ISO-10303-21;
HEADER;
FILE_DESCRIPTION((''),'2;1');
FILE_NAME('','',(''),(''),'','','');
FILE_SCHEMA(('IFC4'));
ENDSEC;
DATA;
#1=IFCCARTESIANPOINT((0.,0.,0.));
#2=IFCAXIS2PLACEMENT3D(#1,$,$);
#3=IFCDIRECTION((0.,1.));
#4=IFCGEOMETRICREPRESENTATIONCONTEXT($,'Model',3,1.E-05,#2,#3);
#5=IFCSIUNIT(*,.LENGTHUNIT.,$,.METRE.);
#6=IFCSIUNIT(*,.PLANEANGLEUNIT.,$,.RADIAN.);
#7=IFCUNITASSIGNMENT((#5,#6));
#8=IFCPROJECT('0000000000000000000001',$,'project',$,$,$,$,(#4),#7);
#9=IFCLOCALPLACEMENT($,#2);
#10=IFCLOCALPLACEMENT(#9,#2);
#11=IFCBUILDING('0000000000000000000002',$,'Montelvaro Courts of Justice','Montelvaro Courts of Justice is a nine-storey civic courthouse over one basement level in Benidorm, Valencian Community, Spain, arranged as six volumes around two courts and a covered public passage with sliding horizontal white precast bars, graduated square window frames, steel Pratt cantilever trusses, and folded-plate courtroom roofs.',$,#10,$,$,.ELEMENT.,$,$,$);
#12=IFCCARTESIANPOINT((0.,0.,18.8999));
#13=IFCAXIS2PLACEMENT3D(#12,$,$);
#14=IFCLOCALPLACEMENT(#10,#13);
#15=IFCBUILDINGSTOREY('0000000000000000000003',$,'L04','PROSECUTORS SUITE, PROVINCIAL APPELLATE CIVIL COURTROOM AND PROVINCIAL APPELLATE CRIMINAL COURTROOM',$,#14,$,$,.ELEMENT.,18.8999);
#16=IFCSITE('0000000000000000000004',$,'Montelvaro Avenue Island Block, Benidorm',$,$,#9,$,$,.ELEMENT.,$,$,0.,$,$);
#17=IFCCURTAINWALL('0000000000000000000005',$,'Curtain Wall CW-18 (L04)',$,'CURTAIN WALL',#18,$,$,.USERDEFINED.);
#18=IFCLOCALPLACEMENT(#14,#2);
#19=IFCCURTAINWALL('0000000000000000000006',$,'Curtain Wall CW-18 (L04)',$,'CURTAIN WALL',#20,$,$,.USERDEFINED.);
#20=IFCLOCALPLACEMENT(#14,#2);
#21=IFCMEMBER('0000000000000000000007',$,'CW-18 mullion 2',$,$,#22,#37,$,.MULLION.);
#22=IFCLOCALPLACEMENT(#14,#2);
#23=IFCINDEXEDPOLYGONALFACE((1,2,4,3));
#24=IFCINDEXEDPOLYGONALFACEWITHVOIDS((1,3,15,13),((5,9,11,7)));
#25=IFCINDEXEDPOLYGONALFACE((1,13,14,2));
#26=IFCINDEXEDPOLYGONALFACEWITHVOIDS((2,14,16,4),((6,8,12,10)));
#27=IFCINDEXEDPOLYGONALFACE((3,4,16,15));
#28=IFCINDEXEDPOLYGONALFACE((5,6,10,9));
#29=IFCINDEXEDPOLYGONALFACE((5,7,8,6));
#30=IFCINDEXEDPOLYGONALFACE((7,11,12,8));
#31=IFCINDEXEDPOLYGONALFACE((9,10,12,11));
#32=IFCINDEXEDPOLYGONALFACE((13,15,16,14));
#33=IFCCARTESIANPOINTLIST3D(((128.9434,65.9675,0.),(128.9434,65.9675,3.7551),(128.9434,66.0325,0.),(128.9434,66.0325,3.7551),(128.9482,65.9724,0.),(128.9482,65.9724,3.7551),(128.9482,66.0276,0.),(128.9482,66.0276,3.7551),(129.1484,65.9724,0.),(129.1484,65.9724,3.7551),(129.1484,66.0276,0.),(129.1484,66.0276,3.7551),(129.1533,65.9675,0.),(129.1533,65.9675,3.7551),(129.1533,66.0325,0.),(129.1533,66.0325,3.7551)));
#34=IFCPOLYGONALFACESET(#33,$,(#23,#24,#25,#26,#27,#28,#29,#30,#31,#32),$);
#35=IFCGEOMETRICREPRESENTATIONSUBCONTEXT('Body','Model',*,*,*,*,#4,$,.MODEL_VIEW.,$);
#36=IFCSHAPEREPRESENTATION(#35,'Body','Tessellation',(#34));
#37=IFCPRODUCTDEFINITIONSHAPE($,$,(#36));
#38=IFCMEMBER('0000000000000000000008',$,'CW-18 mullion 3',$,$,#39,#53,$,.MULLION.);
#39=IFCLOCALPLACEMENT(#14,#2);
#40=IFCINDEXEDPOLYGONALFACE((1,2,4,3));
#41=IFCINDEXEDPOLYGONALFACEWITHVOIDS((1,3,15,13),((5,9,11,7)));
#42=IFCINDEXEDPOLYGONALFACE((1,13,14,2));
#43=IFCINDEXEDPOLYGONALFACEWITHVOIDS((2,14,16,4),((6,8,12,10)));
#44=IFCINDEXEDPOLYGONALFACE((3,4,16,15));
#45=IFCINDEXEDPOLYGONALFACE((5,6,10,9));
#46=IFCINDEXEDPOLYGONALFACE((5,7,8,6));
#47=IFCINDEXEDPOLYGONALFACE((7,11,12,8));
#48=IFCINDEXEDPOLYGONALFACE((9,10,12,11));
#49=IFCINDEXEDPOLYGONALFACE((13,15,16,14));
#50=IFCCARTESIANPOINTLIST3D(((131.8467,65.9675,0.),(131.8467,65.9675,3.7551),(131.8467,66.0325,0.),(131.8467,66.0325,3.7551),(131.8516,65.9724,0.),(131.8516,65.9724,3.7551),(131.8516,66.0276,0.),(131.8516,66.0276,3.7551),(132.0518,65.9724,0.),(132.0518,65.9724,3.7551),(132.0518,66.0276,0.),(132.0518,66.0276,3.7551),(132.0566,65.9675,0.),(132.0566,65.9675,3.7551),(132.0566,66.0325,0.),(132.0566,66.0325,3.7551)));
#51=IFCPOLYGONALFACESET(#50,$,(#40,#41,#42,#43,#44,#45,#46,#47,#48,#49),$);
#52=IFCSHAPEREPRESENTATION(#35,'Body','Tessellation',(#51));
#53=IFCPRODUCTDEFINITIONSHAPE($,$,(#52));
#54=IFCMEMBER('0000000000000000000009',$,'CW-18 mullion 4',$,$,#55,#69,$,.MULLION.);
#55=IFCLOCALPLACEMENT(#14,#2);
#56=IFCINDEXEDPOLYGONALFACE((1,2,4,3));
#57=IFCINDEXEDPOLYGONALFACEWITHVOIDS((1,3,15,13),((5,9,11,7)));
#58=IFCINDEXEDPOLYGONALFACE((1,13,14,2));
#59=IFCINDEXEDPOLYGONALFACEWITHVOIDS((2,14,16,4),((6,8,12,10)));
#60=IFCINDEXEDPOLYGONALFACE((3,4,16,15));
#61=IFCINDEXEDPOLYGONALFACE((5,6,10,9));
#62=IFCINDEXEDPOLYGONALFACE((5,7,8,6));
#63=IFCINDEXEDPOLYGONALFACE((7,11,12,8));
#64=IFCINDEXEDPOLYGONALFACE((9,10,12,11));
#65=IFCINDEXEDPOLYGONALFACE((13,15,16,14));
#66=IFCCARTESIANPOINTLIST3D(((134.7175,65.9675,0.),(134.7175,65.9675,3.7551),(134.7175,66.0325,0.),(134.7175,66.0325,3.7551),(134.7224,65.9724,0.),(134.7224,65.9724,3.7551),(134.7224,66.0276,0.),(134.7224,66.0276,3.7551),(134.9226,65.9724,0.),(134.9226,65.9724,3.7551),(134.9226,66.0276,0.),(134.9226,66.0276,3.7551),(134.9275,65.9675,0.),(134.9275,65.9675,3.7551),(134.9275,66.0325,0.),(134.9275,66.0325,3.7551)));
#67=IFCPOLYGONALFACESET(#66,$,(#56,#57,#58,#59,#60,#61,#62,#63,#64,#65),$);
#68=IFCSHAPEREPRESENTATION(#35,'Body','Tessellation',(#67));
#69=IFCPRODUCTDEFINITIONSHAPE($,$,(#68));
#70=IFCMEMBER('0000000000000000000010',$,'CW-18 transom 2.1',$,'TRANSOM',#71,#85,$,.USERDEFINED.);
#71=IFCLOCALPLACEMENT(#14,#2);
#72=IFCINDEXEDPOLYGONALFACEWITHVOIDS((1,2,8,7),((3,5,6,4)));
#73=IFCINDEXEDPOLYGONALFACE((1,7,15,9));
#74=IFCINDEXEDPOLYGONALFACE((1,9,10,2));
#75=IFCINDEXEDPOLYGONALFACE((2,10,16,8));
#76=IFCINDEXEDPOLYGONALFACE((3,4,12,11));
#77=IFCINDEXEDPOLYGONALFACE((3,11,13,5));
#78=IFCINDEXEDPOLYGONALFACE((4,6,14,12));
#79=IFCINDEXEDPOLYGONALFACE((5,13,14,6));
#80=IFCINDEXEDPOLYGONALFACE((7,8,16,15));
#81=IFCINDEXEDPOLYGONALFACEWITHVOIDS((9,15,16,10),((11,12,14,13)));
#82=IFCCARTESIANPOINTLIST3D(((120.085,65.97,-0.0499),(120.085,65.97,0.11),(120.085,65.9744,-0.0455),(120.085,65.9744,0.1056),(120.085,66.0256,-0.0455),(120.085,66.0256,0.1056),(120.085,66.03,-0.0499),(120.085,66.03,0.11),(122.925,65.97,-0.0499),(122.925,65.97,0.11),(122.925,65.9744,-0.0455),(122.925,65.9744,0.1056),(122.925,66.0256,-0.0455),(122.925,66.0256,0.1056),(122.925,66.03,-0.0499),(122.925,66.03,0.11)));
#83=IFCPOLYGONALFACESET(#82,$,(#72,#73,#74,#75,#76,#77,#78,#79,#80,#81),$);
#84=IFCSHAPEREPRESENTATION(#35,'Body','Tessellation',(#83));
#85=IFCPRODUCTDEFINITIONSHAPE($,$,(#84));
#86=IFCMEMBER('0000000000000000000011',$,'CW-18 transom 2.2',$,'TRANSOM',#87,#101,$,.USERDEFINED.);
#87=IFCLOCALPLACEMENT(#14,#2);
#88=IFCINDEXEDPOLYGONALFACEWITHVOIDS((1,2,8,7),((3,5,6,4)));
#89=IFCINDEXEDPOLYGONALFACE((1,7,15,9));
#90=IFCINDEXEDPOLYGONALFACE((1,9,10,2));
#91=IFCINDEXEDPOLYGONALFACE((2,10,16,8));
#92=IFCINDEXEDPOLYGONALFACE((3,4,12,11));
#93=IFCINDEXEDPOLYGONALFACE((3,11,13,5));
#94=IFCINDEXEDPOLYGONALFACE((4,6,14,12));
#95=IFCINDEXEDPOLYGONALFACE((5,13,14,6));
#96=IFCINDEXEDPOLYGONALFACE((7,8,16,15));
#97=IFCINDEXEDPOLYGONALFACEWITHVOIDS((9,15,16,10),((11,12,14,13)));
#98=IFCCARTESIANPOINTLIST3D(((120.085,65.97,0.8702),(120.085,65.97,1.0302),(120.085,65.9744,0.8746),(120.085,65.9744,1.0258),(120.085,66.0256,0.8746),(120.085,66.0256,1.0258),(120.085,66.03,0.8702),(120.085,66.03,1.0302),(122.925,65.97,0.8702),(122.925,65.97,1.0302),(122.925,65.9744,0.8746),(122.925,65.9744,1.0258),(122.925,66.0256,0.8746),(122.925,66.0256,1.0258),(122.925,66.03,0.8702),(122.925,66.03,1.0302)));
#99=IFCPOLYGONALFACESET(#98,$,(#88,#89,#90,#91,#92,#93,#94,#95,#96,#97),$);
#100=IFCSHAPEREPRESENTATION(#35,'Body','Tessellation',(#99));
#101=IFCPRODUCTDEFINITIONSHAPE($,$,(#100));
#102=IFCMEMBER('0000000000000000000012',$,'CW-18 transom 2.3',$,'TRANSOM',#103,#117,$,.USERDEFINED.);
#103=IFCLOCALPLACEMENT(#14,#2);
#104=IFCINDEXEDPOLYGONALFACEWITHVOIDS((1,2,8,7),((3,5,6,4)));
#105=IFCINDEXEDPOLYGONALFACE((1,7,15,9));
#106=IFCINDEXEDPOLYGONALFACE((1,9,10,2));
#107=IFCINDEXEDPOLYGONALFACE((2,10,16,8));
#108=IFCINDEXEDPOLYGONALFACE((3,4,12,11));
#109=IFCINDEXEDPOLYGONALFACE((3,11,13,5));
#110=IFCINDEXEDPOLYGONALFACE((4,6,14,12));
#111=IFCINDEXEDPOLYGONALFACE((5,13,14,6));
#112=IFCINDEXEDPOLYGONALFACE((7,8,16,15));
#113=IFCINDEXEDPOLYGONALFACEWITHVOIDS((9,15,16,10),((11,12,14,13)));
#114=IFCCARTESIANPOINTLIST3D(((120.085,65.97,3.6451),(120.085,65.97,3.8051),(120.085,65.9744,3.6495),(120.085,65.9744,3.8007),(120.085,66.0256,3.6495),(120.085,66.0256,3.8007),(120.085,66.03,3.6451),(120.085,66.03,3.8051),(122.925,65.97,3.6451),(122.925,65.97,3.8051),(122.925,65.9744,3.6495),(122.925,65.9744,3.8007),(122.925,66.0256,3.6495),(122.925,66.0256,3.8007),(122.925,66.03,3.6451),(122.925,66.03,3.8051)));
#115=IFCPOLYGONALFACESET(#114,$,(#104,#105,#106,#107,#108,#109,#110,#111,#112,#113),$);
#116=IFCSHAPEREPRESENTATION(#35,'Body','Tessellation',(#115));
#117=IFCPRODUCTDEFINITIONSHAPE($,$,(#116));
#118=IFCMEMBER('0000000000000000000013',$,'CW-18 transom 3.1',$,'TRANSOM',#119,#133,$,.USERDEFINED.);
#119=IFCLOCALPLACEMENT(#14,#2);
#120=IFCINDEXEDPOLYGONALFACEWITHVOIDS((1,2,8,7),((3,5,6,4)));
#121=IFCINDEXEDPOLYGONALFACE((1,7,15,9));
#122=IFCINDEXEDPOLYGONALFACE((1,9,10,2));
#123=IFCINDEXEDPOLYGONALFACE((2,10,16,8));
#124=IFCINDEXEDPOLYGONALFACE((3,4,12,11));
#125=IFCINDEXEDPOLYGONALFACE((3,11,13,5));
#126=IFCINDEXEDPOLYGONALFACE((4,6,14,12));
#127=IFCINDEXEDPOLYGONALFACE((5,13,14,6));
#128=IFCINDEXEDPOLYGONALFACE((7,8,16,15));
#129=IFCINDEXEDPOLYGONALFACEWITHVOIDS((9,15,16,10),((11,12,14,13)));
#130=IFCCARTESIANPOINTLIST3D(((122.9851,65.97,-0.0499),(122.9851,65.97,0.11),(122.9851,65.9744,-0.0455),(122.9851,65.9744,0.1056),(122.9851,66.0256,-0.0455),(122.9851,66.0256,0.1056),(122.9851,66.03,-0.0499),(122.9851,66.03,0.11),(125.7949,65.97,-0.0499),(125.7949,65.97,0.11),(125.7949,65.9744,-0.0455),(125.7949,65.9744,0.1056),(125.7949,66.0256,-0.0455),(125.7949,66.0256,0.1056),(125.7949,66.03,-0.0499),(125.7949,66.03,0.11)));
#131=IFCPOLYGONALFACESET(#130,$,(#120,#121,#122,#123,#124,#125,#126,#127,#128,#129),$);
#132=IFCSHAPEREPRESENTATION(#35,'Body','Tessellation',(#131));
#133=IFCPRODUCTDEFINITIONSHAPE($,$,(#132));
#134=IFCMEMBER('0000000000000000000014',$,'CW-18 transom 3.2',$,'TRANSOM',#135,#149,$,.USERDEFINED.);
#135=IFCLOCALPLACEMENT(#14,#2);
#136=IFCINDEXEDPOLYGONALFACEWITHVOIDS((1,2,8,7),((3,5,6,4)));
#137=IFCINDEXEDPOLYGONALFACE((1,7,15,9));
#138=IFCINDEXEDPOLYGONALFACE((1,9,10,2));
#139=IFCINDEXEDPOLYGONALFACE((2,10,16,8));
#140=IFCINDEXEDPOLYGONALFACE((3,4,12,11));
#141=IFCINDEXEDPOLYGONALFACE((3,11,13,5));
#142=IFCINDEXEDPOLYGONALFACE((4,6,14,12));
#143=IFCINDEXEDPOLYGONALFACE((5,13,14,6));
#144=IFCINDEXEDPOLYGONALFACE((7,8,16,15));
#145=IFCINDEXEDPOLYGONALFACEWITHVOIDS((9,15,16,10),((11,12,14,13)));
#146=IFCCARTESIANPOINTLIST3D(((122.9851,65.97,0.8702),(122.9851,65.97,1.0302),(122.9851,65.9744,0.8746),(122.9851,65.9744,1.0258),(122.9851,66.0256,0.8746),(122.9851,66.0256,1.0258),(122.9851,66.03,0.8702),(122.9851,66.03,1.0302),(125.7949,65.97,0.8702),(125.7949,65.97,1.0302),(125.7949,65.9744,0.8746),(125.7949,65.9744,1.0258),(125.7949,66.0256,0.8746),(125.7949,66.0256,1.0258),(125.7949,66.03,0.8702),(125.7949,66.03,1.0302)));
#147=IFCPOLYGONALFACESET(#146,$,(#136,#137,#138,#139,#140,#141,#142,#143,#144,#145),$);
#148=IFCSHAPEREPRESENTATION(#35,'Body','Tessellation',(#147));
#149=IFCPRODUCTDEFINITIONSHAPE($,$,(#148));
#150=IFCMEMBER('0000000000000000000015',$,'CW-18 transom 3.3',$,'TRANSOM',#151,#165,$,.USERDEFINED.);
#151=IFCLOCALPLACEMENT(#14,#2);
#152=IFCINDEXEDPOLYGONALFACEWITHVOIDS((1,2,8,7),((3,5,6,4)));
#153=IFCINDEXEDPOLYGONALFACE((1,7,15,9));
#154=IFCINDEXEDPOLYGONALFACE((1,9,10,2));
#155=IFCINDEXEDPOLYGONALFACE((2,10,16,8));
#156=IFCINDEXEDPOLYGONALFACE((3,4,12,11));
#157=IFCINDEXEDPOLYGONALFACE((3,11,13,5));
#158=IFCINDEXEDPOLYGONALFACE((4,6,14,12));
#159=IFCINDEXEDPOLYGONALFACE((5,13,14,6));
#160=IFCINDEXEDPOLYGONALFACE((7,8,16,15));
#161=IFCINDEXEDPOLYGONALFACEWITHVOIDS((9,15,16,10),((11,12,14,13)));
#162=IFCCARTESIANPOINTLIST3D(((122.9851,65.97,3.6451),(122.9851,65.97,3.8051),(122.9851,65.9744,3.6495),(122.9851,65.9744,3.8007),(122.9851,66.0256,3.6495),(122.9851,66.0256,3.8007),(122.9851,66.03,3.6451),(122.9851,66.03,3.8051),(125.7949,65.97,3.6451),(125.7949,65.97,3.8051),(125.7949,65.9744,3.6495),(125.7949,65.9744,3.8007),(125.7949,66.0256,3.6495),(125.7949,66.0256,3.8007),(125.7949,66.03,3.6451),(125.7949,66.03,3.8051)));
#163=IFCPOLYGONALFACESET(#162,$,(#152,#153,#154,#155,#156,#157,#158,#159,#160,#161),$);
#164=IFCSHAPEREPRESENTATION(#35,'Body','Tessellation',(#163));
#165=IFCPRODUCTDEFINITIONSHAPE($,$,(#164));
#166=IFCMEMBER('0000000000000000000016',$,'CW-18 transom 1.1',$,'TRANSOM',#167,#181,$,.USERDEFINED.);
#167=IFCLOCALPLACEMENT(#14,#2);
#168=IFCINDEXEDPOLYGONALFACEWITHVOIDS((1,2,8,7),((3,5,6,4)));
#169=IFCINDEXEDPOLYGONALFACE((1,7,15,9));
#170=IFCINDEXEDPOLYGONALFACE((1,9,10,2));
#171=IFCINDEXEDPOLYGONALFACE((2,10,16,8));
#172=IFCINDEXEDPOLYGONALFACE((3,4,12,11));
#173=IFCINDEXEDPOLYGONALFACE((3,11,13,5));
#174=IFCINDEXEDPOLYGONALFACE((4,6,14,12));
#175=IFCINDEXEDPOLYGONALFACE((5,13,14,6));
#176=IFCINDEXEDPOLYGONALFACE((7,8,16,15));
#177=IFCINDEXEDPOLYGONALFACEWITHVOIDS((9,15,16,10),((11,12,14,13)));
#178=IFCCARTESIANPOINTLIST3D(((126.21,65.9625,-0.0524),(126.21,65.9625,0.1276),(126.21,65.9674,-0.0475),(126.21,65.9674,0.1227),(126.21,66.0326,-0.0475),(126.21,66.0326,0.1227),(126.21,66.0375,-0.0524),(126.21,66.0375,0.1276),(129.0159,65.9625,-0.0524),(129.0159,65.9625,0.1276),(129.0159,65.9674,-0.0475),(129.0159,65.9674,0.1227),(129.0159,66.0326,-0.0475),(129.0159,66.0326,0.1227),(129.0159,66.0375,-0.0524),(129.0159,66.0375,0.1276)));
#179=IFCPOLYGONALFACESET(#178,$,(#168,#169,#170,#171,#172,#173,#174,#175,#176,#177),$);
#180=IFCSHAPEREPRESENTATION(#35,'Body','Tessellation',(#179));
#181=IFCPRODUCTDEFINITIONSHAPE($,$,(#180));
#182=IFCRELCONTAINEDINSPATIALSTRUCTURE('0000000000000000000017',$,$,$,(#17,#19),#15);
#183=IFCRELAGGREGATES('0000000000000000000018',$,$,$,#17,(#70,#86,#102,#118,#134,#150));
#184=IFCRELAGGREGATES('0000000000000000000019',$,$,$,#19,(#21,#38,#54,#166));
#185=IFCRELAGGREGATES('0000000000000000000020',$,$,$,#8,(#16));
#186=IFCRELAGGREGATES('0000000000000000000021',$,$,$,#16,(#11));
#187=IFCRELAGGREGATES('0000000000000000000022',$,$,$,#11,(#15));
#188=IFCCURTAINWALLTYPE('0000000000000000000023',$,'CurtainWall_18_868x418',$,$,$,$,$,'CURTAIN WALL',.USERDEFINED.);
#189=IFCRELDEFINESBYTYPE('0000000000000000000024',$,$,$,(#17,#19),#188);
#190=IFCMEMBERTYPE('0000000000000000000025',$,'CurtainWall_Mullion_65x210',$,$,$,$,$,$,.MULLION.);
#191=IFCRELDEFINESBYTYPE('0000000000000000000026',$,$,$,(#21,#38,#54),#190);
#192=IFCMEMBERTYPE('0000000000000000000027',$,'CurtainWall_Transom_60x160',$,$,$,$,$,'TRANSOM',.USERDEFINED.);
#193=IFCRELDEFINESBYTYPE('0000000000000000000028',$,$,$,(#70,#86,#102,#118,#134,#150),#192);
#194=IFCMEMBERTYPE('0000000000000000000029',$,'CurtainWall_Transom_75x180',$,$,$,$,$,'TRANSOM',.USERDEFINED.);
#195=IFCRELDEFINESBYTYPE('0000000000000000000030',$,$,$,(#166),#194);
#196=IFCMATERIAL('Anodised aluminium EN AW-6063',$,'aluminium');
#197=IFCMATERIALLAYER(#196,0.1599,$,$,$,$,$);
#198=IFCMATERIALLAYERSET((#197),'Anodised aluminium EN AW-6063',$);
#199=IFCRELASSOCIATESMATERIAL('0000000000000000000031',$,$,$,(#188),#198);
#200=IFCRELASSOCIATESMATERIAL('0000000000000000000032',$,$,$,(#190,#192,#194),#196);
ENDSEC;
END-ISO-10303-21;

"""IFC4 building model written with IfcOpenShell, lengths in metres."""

from ifc_helpers import new_model, si_unit, direction, frame, origin, origin_2d, place, context, subcontext, project, spatial, hollow_rectangle, extrude, material, layer, layer_set, material_profile, profile_set, type_object, element, aggregate, save


model = new_model("IFC4")

# Units and contexts
model_context = context("Model", 3, precision=1e-05, world=origin(), true_north=direction((0.0, 1.0)))
body_context = subcontext(model_context, "Body", "Model", "MODEL_VIEW")
ifc_project = project(units=[si_unit("LENGTHUNIT", "METRE"), si_unit("PLANEANGLEUNIT", "RADIAN")], contexts=[model_context])

# Site, building, storey
site_placement = place(None, origin())
site = spatial("IfcSite", under=ifc_project, at=site_placement, Name="Montelvaro Avenue Island Block, Benidorm", CompositionType="ELEMENT", RefElevation=0.0)
building_placement = place(site_placement, origin())
building = spatial("IfcBuilding", under=site, at=building_placement, Name="Montelvaro Courts of Justice", Description="Montelvaro Courts of Justice is a nine-storey civic courthouse over one basement level in Benidorm, Valencian Community, Spain, arranged as six volumes around two courts and a covered public passage with sliding horizontal white precast bars, graduated square window frames, steel Pratt cantilever trusses, and folded-plate courtroom roofs.", CompositionType="ELEMENT")
storey_placement = place(building_placement, frame((0.0, 0.0, 18.8999)))
storey = spatial("IfcBuildingStorey", under=building, at=storey_placement, Name="L04", Description="PROSECUTORS SUITE, PROVINCIAL APPELLATE CIVIL COURTROOM AND PROVINCIAL APPELLATE CRIMINAL COURTROOM", CompositionType="ELEMENT", Elevation=18.8999)

# Curtain walls, members
ifc_material_1 = material(Name="Anodised aluminium EN AW-6063", Category="aluminium")
ifc_layer_1 = layer(ifc_material_1, 0.1599)
ifc_layer_set_1 = layer_set([ifc_layer_1], Name="Anodised aluminium EN AW-6063")
curtain_wall_type = type_object("IfcCurtainWallType", Name="CurtainWall_18_868x418", ElementType="CURTAIN WALL", PredefinedType="USERDEFINED", material=ifc_layer_set_1)
curtain_wall_1_placement = place(storey_placement, origin())
curtain_wall_1 = element("IfcCurtainWall", 1, at=curtain_wall_1_placement, inside=storey, type_object=curtain_wall_type, Name="Curtain Wall CW-18 (L04)", ObjectType="CURTAIN WALL", PredefinedType="USERDEFINED")
curtain_wall_2_placement = place(storey_placement, origin())
curtain_wall_2 = element("IfcCurtainWall", 2, at=curtain_wall_2_placement, inside=storey, type_object=curtain_wall_type, Name="Curtain Wall CW-18 (L04)", ObjectType="CURTAIN WALL", PredefinedType="USERDEFINED")
ifc_material_profile_1 = material_profile(ifc_material_1, hollow_rectangle(XDim=0.0649, YDim=0.21, WallThickness=0.0049, at=origin_2d()), Name="ALU-M 65x210")
ifc_profile_set_1 = profile_set([ifc_material_profile_1], Name="Anodised aluminium EN AW-6063")
member_type_1 = type_object("IfcMemberType", Name="CurtainWall_Mullion_65x210", PredefinedType="MULLION", material=ifc_profile_set_1)
member_1_placement = place(storey_placement, frame((129.0483, 66.0, 0.0), z_axis=(0.0, 0.0, 1.0), x_axis=(0.0, 1.0, 0.0)))
member_1 = element("IfcMember", 3, at=member_1_placement, type_object=member_type_1, Name="CW-18 mullion 2", PredefinedType="MULLION", context=body_context, shape_type="SweptSolid", body=[
    extrude(hollow_rectangle(XDim=0.0649, YDim=0.21, WallThickness=0.0049, at=origin_2d()), origin(), (0.0, 0.0, 1.0), 3.7551),
])
member_2_placement = place(storey_placement, frame((131.9517, 66.0, 0.0), z_axis=(0.0, 0.0, 1.0), x_axis=(0.0, 1.0, 0.0)))
member_2 = element("IfcMember", 4, at=member_2_placement, type_object=member_type_1, Name="CW-18 mullion 3", PredefinedType="MULLION", context=body_context, shape_type="SweptSolid", body=[
    extrude(hollow_rectangle(XDim=0.0649, YDim=0.21, WallThickness=0.0049, at=origin_2d()), origin(), (0.0, 0.0, 1.0), 3.7551),
])
member_3_placement = place(storey_placement, frame((134.8225, 66.0, 0.0), z_axis=(0.0, 0.0, 1.0), x_axis=(0.0, 1.0, 0.0)))
member_3 = element("IfcMember", 5, at=member_3_placement, type_object=member_type_1, Name="CW-18 mullion 4", PredefinedType="MULLION", context=body_context, shape_type="SweptSolid", body=[
    extrude(hollow_rectangle(XDim=0.0649, YDim=0.21, WallThickness=0.0049, at=origin_2d()), origin(), (0.0, 0.0, 1.0), 3.7551),
])

# Members
ifc_material_profile_2 = material_profile(ifc_material_1, hollow_rectangle(XDim=0.0601, YDim=0.1599, WallThickness=0.0044, at=origin_2d()), Name="ALU-T 60x160")
ifc_profile_set_2 = profile_set([ifc_material_profile_2], Name="Anodised aluminium EN AW-6063")
member_type_2 = type_object("IfcMemberType", Name="CurtainWall_Transom_60x160", ElementType="TRANSOM", PredefinedType="USERDEFINED", material=ifc_profile_set_2)
member_4_placement = place(storey_placement, frame((120.085, 66.0, 0.03), z_axis=(1.0, 0.0, 0.0), x_axis=(0.0, 1.0, 0.0)))
member_4 = element("IfcMember", 6, at=member_4_placement, type_object=member_type_2, Name="CW-18 transom 2.1", ObjectType="TRANSOM", PredefinedType="USERDEFINED", context=body_context, shape_type="SweptSolid", body=[
    extrude(hollow_rectangle(XDim=0.0601, YDim=0.1599, WallThickness=0.0044, at=origin_2d()), origin(), (0.0, 0.0, 1.0), 2.8401),
])
member_5_placement = place(storey_placement, frame((120.085, 66.0, 0.9502), z_axis=(1.0, 0.0, 0.0), x_axis=(0.0, 1.0, 0.0)))
member_5 = element("IfcMember", 7, at=member_5_placement, type_object=member_type_2, Name="CW-18 transom 2.2", ObjectType="TRANSOM", PredefinedType="USERDEFINED", context=body_context, shape_type="SweptSolid", body=[
    extrude(hollow_rectangle(XDim=0.0601, YDim=0.1599, WallThickness=0.0044, at=origin_2d()), origin(), (0.0, 0.0, 1.0), 2.8401),
])
member_6_placement = place(storey_placement, frame((120.085, 66.0, 3.7251), z_axis=(1.0, 0.0, 0.0), x_axis=(0.0, 1.0, 0.0)))
member_6 = element("IfcMember", 8, at=member_6_placement, type_object=member_type_2, Name="CW-18 transom 2.3", ObjectType="TRANSOM", PredefinedType="USERDEFINED", context=body_context, shape_type="SweptSolid", body=[
    extrude(hollow_rectangle(XDim=0.0601, YDim=0.1599, WallThickness=0.0044, at=origin_2d()), origin(), (0.0, 0.0, 1.0), 2.8401),
])
member_7_placement = place(storey_placement, frame((122.9851, 66.0, 0.03), z_axis=(1.0, 0.0, 0.0), x_axis=(0.0, 1.0, 0.0)))
member_7 = element("IfcMember", 9, at=member_7_placement, type_object=member_type_2, Name="CW-18 transom 3.1", ObjectType="TRANSOM", PredefinedType="USERDEFINED", context=body_context, shape_type="SweptSolid", body=[
    extrude(hollow_rectangle(XDim=0.0601, YDim=0.1599, WallThickness=0.0044, at=origin_2d()), origin(), (0.0, 0.0, 1.0), 2.8098),
])
member_8_placement = place(storey_placement, frame((122.9851, 66.0, 0.9502), z_axis=(1.0, 0.0, 0.0), x_axis=(0.0, 1.0, 0.0)))
member_8 = element("IfcMember", 10, at=member_8_placement, type_object=member_type_2, Name="CW-18 transom 3.2", ObjectType="TRANSOM", PredefinedType="USERDEFINED", context=body_context, shape_type="SweptSolid", body=[
    extrude(hollow_rectangle(XDim=0.0601, YDim=0.1599, WallThickness=0.0044, at=origin_2d()), origin(), (0.0, 0.0, 1.0), 2.8098),
])
member_9_placement = place(storey_placement, frame((122.9851, 66.0, 3.7251), z_axis=(1.0, 0.0, 0.0), x_axis=(0.0, 1.0, 0.0)))
member_9 = element("IfcMember", 11, at=member_9_placement, type_object=member_type_2, Name="CW-18 transom 3.3", ObjectType="TRANSOM", PredefinedType="USERDEFINED", context=body_context, shape_type="SweptSolid", body=[
    extrude(hollow_rectangle(XDim=0.0601, YDim=0.1599, WallThickness=0.0044, at=origin_2d()), origin(), (0.0, 0.0, 1.0), 2.8098),
])
ifc_material_profile_3 = material_profile(ifc_material_1, hollow_rectangle(XDim=0.075, YDim=0.1799, WallThickness=0.0049, at=origin_2d()), Name="ALU-T 75x180")
ifc_profile_set_3 = profile_set([ifc_material_profile_3], Name="Anodised aluminium EN AW-6063")
member_type_3 = type_object("IfcMemberType", Name="CurtainWall_Transom_75x180", ElementType="TRANSOM", PredefinedType="USERDEFINED", material=ifc_profile_set_3)
member_10_placement = place(storey_placement, frame((126.21, 66.0, 0.0376), z_axis=(1.0, 0.0, 0.0), x_axis=(0.0, 1.0, 0.0)))
member_10 = element("IfcMember", 12, at=member_10_placement, type_object=member_type_3, Name="CW-18 transom 1.1", ObjectType="TRANSOM", PredefinedType="USERDEFINED", context=body_context, shape_type="SweptSolid", body=[
    extrude(hollow_rectangle(XDim=0.075, YDim=0.1799, WallThickness=0.0049, at=origin_2d()), origin(), (0.0, 0.0, 1.0), 2.8059),
])

aggregate(curtain_wall_1, [member_4, member_5, member_6, member_7, member_8, member_9])
aggregate(curtain_wall_2, [member_1, member_2, member_3, member_10])

save(model, "model.ifc")
